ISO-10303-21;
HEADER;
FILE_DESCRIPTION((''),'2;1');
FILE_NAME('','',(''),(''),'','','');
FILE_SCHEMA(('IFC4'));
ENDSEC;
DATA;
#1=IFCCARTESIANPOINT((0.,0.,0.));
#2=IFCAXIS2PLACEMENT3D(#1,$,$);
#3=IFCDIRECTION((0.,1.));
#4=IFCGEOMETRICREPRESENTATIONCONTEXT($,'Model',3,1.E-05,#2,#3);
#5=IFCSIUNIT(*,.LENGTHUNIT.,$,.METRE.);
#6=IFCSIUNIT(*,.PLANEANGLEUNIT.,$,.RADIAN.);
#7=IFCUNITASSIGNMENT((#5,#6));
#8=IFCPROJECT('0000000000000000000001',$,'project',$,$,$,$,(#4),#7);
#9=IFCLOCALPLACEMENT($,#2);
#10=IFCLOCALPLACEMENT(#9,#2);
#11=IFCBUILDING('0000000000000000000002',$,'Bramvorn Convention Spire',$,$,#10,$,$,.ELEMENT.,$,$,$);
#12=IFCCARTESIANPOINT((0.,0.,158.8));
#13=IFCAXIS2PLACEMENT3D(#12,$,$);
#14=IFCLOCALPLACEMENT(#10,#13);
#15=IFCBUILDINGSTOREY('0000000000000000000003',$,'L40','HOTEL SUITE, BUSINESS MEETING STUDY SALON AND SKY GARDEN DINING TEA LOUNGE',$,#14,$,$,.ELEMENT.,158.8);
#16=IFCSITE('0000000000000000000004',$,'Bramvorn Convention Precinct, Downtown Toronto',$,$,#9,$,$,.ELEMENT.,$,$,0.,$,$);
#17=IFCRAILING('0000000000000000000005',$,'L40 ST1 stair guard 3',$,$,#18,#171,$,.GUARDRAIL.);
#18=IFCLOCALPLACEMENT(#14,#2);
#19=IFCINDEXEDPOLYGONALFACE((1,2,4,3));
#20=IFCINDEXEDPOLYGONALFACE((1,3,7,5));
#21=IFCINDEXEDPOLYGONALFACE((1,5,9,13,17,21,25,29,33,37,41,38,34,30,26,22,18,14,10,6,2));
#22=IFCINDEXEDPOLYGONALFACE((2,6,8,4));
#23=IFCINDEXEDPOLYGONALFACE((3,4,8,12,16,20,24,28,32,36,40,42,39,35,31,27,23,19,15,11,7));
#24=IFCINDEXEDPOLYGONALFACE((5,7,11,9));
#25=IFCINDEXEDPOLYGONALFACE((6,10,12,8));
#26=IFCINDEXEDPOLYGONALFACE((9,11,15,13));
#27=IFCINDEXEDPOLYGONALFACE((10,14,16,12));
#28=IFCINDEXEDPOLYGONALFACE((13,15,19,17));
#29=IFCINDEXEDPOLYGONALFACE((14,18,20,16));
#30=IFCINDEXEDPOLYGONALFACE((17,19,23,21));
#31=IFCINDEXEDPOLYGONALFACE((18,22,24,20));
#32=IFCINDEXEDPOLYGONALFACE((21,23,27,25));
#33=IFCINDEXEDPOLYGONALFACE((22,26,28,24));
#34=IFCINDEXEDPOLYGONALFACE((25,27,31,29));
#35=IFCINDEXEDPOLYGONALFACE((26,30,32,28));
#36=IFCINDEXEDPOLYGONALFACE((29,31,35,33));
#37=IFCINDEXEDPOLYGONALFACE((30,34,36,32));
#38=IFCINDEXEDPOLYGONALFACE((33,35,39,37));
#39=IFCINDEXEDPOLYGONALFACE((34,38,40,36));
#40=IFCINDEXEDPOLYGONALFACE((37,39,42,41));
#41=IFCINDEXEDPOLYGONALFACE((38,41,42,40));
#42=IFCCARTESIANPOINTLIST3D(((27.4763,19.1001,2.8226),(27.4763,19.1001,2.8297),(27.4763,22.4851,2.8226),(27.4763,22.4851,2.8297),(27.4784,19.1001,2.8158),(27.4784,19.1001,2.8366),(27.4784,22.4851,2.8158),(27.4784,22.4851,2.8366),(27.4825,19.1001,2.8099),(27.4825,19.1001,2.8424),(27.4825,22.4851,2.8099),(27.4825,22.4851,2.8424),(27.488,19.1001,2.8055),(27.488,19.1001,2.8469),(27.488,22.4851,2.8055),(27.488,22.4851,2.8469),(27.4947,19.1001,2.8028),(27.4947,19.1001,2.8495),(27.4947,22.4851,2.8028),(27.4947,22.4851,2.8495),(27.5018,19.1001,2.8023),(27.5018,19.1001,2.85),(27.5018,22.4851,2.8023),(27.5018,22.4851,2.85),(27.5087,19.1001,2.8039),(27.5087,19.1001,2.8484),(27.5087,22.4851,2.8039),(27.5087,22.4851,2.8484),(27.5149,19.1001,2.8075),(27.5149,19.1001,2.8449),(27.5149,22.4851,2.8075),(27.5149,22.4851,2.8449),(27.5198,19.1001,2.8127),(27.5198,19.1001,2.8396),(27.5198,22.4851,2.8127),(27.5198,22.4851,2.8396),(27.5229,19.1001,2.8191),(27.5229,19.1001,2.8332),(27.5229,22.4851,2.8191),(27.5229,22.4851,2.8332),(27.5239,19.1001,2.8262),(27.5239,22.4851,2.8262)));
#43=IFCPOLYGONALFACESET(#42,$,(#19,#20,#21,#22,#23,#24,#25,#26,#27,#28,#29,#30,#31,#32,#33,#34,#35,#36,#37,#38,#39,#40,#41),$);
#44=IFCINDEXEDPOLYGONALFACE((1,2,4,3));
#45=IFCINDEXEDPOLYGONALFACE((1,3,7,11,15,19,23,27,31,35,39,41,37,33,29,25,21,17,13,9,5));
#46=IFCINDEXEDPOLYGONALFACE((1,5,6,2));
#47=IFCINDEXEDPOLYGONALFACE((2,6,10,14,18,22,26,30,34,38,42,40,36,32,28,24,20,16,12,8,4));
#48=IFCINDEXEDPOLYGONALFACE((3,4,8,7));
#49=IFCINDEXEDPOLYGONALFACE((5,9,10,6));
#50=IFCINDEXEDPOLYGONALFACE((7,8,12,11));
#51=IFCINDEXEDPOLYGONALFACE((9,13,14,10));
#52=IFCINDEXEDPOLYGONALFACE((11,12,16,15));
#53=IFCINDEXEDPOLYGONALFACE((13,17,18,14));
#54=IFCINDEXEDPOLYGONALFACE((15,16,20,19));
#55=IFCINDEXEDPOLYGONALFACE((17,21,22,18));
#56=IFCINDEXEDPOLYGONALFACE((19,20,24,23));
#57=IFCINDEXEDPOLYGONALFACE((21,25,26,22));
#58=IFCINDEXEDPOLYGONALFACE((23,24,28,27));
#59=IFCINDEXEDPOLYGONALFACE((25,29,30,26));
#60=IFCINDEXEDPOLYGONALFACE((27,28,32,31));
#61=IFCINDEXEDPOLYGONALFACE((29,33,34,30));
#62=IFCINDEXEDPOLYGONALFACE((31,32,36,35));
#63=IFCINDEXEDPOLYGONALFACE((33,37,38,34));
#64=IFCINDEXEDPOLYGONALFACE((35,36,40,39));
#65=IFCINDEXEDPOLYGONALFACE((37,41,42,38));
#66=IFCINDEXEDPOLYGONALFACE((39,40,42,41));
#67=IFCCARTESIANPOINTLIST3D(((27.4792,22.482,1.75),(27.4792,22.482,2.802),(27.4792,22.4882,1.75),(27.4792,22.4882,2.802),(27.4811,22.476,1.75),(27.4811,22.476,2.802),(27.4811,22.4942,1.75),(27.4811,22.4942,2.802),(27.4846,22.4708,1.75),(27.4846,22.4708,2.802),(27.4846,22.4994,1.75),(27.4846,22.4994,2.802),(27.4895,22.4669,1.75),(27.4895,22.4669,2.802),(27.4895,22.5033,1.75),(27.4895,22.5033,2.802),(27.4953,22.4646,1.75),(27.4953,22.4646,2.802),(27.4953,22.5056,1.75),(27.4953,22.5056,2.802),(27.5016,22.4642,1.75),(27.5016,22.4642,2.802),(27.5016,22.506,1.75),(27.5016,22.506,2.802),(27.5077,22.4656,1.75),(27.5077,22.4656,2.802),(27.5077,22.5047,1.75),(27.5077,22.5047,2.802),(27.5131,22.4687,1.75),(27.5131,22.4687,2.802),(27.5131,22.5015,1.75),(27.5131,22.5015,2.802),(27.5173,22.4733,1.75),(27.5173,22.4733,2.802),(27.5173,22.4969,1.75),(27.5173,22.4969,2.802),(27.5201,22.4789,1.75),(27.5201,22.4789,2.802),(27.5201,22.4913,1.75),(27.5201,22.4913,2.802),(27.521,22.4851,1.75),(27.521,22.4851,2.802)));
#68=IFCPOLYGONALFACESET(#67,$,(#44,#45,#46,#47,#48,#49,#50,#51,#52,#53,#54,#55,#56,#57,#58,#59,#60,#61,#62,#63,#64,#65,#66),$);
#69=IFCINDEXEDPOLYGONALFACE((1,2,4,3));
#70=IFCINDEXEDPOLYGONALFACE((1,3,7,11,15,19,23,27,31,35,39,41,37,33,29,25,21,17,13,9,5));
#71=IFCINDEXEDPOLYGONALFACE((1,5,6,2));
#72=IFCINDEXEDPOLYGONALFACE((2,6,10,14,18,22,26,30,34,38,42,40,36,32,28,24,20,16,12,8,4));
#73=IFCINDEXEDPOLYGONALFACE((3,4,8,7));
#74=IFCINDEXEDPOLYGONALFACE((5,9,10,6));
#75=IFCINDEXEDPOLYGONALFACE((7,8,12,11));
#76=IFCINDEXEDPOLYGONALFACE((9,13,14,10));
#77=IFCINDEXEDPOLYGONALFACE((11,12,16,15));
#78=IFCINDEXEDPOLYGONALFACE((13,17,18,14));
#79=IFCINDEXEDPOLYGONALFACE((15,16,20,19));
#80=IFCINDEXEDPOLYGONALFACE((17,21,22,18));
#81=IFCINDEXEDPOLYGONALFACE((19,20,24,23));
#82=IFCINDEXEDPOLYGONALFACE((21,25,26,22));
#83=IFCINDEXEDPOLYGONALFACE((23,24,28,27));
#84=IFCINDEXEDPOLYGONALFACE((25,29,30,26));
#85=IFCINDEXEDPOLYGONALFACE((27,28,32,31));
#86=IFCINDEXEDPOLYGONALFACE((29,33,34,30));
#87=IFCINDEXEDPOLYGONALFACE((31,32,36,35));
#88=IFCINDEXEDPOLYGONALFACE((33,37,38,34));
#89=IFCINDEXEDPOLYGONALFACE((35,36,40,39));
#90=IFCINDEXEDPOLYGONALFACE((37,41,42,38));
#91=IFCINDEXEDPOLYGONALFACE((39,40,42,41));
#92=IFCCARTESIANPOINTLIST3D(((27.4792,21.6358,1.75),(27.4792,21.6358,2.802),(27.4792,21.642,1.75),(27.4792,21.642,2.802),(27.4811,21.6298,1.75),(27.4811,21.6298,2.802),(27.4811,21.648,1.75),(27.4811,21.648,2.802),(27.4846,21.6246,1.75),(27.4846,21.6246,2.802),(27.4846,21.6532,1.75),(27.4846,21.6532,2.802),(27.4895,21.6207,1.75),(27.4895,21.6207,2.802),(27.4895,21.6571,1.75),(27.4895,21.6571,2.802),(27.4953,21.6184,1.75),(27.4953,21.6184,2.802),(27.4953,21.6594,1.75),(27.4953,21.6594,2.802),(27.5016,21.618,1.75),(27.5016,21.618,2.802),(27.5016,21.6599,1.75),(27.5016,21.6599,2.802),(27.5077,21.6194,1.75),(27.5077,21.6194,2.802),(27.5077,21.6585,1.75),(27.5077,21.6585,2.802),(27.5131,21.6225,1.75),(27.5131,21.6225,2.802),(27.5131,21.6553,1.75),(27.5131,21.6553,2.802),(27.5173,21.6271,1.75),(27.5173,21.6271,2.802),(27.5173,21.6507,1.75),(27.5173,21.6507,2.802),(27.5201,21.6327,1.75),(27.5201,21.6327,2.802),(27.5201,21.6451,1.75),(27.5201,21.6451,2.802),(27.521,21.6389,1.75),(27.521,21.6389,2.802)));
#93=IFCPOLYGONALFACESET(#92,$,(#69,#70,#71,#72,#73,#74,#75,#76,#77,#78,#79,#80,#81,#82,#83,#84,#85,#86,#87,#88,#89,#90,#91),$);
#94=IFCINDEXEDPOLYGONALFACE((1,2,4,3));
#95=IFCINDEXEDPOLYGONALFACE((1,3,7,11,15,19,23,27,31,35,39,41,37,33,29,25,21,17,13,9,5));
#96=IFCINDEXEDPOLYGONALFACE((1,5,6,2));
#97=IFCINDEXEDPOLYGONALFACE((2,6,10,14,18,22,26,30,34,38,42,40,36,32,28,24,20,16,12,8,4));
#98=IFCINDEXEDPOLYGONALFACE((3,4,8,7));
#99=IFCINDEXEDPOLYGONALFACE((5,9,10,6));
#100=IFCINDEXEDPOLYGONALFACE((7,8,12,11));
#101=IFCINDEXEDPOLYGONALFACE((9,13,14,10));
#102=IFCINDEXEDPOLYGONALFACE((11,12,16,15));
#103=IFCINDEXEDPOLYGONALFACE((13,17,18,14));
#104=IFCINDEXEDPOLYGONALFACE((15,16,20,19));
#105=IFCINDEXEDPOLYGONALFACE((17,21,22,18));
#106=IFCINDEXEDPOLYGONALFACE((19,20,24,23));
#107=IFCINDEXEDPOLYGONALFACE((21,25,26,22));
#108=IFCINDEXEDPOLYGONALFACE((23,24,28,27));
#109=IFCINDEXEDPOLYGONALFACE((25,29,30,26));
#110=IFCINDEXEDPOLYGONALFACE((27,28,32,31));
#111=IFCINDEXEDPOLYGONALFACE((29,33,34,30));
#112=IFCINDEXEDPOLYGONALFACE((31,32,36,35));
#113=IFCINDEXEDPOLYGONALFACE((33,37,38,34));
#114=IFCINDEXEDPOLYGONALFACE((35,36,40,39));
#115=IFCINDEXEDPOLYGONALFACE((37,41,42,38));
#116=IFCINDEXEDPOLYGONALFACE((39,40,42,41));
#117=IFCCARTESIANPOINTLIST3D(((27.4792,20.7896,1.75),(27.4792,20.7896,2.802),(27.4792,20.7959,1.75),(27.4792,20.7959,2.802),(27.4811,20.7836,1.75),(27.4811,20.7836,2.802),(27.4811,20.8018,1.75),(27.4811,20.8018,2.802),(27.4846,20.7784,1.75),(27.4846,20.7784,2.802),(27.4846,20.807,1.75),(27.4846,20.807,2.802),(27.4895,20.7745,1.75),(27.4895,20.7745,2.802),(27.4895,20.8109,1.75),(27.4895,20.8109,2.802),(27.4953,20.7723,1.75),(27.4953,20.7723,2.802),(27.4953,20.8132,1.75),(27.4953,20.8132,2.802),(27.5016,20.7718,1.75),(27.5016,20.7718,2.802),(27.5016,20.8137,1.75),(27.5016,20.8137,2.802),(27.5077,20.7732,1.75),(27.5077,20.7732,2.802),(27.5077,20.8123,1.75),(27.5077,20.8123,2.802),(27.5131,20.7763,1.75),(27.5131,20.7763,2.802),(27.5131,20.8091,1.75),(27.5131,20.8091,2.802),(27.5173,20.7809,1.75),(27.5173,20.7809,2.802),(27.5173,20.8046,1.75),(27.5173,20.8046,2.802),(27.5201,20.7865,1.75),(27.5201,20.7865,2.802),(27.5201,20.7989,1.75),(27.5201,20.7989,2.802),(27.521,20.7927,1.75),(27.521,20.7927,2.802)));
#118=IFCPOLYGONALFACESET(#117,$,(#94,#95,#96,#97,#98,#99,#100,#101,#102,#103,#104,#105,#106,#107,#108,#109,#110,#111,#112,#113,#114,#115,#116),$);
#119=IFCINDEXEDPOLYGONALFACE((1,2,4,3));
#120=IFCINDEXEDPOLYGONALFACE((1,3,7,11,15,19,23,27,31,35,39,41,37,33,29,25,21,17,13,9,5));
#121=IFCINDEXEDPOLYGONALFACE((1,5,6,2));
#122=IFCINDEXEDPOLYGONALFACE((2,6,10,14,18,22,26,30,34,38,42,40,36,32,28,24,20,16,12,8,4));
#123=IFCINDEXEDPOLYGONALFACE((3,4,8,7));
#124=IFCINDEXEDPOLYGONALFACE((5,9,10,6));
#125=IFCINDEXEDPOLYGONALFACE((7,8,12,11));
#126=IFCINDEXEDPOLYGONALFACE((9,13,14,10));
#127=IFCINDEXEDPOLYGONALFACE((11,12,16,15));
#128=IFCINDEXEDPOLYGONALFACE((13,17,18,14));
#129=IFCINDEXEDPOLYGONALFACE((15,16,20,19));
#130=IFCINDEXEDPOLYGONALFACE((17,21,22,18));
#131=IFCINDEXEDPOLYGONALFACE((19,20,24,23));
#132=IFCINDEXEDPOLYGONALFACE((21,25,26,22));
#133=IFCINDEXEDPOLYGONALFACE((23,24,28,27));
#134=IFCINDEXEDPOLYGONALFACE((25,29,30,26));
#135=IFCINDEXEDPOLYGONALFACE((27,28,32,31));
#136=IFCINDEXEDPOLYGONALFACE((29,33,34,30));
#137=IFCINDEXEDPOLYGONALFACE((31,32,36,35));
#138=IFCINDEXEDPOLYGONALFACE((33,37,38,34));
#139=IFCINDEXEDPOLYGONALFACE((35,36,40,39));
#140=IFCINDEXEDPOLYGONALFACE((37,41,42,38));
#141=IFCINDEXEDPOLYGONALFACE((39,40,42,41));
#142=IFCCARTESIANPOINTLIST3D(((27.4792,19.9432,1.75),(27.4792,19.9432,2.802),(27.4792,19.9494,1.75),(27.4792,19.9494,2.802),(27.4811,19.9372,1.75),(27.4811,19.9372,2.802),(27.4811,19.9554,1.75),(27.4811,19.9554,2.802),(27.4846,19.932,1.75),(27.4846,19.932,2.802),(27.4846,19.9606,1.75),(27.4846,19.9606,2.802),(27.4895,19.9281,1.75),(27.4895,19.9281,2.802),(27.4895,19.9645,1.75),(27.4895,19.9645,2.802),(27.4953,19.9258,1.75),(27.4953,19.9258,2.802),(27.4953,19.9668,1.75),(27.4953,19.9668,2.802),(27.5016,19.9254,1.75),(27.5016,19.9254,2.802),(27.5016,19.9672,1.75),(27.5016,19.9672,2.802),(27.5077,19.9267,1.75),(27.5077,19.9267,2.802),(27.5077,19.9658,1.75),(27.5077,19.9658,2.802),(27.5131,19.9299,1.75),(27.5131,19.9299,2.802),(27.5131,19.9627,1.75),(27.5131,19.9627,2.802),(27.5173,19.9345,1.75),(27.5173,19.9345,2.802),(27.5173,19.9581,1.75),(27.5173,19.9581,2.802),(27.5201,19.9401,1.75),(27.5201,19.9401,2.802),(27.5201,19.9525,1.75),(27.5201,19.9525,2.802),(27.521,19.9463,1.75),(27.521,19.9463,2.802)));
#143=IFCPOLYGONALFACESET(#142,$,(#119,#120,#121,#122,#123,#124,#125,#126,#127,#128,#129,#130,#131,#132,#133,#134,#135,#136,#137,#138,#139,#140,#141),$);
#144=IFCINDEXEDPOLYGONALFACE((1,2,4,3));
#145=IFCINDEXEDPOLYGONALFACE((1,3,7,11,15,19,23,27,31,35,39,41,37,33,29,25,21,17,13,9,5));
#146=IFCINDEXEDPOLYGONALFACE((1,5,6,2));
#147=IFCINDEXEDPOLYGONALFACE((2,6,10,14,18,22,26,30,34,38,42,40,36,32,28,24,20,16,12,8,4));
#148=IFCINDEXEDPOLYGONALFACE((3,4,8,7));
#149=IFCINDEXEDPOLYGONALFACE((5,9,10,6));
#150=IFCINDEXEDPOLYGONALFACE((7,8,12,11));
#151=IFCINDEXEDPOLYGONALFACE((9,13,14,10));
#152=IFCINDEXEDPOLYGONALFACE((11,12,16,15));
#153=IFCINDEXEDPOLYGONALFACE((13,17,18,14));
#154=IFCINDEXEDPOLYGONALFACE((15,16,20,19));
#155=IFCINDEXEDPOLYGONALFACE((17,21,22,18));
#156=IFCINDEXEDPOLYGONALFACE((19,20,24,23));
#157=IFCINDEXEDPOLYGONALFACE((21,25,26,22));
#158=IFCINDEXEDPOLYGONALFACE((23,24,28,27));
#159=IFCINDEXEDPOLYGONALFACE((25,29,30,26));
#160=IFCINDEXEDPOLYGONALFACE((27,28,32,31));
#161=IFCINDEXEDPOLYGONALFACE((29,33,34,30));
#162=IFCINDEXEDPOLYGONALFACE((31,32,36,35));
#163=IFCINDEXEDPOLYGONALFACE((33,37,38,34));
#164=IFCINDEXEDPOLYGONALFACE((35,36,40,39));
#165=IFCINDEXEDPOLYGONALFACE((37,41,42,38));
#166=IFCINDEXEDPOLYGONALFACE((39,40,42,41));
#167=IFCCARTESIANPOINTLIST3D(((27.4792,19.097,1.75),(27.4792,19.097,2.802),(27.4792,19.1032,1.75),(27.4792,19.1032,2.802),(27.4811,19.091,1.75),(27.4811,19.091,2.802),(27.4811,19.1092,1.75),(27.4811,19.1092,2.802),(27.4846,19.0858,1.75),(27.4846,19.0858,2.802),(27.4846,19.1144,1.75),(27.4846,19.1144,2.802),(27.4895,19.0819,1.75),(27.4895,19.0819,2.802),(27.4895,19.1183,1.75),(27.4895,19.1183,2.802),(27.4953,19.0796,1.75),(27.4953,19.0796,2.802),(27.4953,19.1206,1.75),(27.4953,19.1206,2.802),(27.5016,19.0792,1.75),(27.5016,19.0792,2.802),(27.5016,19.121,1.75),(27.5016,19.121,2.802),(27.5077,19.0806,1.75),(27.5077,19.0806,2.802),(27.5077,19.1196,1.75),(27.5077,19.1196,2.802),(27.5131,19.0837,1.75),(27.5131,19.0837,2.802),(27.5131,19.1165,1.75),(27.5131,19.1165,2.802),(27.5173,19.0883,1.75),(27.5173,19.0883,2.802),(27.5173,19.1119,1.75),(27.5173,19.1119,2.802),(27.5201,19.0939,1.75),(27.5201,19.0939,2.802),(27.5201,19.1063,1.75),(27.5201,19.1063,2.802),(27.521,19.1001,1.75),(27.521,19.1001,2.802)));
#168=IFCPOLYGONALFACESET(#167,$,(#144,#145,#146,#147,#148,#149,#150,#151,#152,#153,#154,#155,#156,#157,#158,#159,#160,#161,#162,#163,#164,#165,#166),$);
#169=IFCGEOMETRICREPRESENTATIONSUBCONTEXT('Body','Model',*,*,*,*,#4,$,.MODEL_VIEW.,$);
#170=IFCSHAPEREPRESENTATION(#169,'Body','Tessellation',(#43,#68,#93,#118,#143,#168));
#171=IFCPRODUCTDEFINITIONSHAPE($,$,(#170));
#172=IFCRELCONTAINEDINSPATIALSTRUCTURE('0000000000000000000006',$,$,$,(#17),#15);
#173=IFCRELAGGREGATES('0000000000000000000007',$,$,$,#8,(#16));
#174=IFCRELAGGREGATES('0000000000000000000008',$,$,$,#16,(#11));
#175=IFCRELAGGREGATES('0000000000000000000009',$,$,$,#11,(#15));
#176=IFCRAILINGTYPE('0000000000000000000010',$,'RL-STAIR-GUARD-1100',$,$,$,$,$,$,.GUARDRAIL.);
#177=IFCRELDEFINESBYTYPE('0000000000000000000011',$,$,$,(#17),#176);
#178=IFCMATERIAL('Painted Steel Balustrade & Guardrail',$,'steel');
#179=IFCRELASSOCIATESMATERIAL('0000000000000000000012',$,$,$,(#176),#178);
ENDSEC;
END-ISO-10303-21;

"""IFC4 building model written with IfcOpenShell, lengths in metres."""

from ifc_helpers import new_model, si_unit, direction, frame, origin, origin_2d, place, context, subcontext, project, spatial, circle, extrude, material, type_object, element, save


model = new_model("IFC4")

# Units and contexts
model_context = context("Model", 3, precision=1e-05, world=origin(), true_north=direction((0.0, 1.0)))
body_context = subcontext(model_context, "Body", "Model", "MODEL_VIEW")
ifc_project = project(units=[si_unit("LENGTHUNIT", "METRE"), si_unit("PLANEANGLEUNIT", "RADIAN")], contexts=[model_context])

# Site, building, storey
site_placement = place(None, origin())
site = spatial("IfcSite", under=ifc_project, at=site_placement, Name="Bramvorn Convention Precinct, Downtown Toronto", CompositionType="ELEMENT", RefElevation=0.0)
building_placement = place(site_placement, origin())
building = spatial("IfcBuilding", under=site, at=building_placement, Name="Bramvorn Convention Spire", CompositionType="ELEMENT")
storey_placement = place(building_placement, frame((0.0, 0.0, 158.8)))
storey = spatial("IfcBuildingStorey", under=building, at=storey_placement, Name="L40", Description="HOTEL SUITE, BUSINESS MEETING STUDY SALON AND SKY GARDEN DINING TEA LOUNGE", CompositionType="ELEMENT", Elevation=158.8)

# Railing
ifc_material_1 = material(Name="Painted Steel Balustrade & Guardrail", Category="steel")
railing_type_1 = type_object("IfcRailingType", Name="RL-STAIR-GUARD-1100", PredefinedType="GUARDRAIL", material=ifc_material_1)
for number, where, name in (
    (1, (27.5, 22.4851, 1.75), "L40 ST1 stair guard 3"),
):
    element("IfcRailing", number, at=place(storey_placement, frame(where)), inside=storey, type_object=railing_type_1, Name=name, PredefinedType="GUARDRAIL", context=body_context, shape_type="SweptSolid", body=[
        extrude(circle(Radius=0.0239, at=origin_2d()), frame((0.0, 0.0, 1.0762), z_axis=(0.0, -1.0, 0.0), x_axis=(1.0, 0.0, 0.0)), (0.0, 0.0, 1.0), 3.385),
        extrude(circle(Radius=0.021, at=origin_2d()), origin(), (0.0, 0.0, 1.0), 1.052),
        extrude(circle(Radius=0.021, at=origin_2d()), frame((0.0, -0.8462, 0.0)), (0.0, 0.0, 1.0), 1.052),
        extrude(circle(Radius=0.021, at=origin_2d()), frame((0.0, -1.6924, 0.0)), (0.0, 0.0, 1.0), 1.052),
        extrude(circle(Radius=0.021, at=origin_2d()), frame((0.0, -2.5388, 0.0)), (0.0, 0.0, 1.0), 1.052),
        extrude(circle(Radius=0.021, at=origin_2d()), frame((0.0, -3.385, 0.0)), (0.0, 0.0, 1.0), 1.052),
    ])

save(model, "model.ifc")
